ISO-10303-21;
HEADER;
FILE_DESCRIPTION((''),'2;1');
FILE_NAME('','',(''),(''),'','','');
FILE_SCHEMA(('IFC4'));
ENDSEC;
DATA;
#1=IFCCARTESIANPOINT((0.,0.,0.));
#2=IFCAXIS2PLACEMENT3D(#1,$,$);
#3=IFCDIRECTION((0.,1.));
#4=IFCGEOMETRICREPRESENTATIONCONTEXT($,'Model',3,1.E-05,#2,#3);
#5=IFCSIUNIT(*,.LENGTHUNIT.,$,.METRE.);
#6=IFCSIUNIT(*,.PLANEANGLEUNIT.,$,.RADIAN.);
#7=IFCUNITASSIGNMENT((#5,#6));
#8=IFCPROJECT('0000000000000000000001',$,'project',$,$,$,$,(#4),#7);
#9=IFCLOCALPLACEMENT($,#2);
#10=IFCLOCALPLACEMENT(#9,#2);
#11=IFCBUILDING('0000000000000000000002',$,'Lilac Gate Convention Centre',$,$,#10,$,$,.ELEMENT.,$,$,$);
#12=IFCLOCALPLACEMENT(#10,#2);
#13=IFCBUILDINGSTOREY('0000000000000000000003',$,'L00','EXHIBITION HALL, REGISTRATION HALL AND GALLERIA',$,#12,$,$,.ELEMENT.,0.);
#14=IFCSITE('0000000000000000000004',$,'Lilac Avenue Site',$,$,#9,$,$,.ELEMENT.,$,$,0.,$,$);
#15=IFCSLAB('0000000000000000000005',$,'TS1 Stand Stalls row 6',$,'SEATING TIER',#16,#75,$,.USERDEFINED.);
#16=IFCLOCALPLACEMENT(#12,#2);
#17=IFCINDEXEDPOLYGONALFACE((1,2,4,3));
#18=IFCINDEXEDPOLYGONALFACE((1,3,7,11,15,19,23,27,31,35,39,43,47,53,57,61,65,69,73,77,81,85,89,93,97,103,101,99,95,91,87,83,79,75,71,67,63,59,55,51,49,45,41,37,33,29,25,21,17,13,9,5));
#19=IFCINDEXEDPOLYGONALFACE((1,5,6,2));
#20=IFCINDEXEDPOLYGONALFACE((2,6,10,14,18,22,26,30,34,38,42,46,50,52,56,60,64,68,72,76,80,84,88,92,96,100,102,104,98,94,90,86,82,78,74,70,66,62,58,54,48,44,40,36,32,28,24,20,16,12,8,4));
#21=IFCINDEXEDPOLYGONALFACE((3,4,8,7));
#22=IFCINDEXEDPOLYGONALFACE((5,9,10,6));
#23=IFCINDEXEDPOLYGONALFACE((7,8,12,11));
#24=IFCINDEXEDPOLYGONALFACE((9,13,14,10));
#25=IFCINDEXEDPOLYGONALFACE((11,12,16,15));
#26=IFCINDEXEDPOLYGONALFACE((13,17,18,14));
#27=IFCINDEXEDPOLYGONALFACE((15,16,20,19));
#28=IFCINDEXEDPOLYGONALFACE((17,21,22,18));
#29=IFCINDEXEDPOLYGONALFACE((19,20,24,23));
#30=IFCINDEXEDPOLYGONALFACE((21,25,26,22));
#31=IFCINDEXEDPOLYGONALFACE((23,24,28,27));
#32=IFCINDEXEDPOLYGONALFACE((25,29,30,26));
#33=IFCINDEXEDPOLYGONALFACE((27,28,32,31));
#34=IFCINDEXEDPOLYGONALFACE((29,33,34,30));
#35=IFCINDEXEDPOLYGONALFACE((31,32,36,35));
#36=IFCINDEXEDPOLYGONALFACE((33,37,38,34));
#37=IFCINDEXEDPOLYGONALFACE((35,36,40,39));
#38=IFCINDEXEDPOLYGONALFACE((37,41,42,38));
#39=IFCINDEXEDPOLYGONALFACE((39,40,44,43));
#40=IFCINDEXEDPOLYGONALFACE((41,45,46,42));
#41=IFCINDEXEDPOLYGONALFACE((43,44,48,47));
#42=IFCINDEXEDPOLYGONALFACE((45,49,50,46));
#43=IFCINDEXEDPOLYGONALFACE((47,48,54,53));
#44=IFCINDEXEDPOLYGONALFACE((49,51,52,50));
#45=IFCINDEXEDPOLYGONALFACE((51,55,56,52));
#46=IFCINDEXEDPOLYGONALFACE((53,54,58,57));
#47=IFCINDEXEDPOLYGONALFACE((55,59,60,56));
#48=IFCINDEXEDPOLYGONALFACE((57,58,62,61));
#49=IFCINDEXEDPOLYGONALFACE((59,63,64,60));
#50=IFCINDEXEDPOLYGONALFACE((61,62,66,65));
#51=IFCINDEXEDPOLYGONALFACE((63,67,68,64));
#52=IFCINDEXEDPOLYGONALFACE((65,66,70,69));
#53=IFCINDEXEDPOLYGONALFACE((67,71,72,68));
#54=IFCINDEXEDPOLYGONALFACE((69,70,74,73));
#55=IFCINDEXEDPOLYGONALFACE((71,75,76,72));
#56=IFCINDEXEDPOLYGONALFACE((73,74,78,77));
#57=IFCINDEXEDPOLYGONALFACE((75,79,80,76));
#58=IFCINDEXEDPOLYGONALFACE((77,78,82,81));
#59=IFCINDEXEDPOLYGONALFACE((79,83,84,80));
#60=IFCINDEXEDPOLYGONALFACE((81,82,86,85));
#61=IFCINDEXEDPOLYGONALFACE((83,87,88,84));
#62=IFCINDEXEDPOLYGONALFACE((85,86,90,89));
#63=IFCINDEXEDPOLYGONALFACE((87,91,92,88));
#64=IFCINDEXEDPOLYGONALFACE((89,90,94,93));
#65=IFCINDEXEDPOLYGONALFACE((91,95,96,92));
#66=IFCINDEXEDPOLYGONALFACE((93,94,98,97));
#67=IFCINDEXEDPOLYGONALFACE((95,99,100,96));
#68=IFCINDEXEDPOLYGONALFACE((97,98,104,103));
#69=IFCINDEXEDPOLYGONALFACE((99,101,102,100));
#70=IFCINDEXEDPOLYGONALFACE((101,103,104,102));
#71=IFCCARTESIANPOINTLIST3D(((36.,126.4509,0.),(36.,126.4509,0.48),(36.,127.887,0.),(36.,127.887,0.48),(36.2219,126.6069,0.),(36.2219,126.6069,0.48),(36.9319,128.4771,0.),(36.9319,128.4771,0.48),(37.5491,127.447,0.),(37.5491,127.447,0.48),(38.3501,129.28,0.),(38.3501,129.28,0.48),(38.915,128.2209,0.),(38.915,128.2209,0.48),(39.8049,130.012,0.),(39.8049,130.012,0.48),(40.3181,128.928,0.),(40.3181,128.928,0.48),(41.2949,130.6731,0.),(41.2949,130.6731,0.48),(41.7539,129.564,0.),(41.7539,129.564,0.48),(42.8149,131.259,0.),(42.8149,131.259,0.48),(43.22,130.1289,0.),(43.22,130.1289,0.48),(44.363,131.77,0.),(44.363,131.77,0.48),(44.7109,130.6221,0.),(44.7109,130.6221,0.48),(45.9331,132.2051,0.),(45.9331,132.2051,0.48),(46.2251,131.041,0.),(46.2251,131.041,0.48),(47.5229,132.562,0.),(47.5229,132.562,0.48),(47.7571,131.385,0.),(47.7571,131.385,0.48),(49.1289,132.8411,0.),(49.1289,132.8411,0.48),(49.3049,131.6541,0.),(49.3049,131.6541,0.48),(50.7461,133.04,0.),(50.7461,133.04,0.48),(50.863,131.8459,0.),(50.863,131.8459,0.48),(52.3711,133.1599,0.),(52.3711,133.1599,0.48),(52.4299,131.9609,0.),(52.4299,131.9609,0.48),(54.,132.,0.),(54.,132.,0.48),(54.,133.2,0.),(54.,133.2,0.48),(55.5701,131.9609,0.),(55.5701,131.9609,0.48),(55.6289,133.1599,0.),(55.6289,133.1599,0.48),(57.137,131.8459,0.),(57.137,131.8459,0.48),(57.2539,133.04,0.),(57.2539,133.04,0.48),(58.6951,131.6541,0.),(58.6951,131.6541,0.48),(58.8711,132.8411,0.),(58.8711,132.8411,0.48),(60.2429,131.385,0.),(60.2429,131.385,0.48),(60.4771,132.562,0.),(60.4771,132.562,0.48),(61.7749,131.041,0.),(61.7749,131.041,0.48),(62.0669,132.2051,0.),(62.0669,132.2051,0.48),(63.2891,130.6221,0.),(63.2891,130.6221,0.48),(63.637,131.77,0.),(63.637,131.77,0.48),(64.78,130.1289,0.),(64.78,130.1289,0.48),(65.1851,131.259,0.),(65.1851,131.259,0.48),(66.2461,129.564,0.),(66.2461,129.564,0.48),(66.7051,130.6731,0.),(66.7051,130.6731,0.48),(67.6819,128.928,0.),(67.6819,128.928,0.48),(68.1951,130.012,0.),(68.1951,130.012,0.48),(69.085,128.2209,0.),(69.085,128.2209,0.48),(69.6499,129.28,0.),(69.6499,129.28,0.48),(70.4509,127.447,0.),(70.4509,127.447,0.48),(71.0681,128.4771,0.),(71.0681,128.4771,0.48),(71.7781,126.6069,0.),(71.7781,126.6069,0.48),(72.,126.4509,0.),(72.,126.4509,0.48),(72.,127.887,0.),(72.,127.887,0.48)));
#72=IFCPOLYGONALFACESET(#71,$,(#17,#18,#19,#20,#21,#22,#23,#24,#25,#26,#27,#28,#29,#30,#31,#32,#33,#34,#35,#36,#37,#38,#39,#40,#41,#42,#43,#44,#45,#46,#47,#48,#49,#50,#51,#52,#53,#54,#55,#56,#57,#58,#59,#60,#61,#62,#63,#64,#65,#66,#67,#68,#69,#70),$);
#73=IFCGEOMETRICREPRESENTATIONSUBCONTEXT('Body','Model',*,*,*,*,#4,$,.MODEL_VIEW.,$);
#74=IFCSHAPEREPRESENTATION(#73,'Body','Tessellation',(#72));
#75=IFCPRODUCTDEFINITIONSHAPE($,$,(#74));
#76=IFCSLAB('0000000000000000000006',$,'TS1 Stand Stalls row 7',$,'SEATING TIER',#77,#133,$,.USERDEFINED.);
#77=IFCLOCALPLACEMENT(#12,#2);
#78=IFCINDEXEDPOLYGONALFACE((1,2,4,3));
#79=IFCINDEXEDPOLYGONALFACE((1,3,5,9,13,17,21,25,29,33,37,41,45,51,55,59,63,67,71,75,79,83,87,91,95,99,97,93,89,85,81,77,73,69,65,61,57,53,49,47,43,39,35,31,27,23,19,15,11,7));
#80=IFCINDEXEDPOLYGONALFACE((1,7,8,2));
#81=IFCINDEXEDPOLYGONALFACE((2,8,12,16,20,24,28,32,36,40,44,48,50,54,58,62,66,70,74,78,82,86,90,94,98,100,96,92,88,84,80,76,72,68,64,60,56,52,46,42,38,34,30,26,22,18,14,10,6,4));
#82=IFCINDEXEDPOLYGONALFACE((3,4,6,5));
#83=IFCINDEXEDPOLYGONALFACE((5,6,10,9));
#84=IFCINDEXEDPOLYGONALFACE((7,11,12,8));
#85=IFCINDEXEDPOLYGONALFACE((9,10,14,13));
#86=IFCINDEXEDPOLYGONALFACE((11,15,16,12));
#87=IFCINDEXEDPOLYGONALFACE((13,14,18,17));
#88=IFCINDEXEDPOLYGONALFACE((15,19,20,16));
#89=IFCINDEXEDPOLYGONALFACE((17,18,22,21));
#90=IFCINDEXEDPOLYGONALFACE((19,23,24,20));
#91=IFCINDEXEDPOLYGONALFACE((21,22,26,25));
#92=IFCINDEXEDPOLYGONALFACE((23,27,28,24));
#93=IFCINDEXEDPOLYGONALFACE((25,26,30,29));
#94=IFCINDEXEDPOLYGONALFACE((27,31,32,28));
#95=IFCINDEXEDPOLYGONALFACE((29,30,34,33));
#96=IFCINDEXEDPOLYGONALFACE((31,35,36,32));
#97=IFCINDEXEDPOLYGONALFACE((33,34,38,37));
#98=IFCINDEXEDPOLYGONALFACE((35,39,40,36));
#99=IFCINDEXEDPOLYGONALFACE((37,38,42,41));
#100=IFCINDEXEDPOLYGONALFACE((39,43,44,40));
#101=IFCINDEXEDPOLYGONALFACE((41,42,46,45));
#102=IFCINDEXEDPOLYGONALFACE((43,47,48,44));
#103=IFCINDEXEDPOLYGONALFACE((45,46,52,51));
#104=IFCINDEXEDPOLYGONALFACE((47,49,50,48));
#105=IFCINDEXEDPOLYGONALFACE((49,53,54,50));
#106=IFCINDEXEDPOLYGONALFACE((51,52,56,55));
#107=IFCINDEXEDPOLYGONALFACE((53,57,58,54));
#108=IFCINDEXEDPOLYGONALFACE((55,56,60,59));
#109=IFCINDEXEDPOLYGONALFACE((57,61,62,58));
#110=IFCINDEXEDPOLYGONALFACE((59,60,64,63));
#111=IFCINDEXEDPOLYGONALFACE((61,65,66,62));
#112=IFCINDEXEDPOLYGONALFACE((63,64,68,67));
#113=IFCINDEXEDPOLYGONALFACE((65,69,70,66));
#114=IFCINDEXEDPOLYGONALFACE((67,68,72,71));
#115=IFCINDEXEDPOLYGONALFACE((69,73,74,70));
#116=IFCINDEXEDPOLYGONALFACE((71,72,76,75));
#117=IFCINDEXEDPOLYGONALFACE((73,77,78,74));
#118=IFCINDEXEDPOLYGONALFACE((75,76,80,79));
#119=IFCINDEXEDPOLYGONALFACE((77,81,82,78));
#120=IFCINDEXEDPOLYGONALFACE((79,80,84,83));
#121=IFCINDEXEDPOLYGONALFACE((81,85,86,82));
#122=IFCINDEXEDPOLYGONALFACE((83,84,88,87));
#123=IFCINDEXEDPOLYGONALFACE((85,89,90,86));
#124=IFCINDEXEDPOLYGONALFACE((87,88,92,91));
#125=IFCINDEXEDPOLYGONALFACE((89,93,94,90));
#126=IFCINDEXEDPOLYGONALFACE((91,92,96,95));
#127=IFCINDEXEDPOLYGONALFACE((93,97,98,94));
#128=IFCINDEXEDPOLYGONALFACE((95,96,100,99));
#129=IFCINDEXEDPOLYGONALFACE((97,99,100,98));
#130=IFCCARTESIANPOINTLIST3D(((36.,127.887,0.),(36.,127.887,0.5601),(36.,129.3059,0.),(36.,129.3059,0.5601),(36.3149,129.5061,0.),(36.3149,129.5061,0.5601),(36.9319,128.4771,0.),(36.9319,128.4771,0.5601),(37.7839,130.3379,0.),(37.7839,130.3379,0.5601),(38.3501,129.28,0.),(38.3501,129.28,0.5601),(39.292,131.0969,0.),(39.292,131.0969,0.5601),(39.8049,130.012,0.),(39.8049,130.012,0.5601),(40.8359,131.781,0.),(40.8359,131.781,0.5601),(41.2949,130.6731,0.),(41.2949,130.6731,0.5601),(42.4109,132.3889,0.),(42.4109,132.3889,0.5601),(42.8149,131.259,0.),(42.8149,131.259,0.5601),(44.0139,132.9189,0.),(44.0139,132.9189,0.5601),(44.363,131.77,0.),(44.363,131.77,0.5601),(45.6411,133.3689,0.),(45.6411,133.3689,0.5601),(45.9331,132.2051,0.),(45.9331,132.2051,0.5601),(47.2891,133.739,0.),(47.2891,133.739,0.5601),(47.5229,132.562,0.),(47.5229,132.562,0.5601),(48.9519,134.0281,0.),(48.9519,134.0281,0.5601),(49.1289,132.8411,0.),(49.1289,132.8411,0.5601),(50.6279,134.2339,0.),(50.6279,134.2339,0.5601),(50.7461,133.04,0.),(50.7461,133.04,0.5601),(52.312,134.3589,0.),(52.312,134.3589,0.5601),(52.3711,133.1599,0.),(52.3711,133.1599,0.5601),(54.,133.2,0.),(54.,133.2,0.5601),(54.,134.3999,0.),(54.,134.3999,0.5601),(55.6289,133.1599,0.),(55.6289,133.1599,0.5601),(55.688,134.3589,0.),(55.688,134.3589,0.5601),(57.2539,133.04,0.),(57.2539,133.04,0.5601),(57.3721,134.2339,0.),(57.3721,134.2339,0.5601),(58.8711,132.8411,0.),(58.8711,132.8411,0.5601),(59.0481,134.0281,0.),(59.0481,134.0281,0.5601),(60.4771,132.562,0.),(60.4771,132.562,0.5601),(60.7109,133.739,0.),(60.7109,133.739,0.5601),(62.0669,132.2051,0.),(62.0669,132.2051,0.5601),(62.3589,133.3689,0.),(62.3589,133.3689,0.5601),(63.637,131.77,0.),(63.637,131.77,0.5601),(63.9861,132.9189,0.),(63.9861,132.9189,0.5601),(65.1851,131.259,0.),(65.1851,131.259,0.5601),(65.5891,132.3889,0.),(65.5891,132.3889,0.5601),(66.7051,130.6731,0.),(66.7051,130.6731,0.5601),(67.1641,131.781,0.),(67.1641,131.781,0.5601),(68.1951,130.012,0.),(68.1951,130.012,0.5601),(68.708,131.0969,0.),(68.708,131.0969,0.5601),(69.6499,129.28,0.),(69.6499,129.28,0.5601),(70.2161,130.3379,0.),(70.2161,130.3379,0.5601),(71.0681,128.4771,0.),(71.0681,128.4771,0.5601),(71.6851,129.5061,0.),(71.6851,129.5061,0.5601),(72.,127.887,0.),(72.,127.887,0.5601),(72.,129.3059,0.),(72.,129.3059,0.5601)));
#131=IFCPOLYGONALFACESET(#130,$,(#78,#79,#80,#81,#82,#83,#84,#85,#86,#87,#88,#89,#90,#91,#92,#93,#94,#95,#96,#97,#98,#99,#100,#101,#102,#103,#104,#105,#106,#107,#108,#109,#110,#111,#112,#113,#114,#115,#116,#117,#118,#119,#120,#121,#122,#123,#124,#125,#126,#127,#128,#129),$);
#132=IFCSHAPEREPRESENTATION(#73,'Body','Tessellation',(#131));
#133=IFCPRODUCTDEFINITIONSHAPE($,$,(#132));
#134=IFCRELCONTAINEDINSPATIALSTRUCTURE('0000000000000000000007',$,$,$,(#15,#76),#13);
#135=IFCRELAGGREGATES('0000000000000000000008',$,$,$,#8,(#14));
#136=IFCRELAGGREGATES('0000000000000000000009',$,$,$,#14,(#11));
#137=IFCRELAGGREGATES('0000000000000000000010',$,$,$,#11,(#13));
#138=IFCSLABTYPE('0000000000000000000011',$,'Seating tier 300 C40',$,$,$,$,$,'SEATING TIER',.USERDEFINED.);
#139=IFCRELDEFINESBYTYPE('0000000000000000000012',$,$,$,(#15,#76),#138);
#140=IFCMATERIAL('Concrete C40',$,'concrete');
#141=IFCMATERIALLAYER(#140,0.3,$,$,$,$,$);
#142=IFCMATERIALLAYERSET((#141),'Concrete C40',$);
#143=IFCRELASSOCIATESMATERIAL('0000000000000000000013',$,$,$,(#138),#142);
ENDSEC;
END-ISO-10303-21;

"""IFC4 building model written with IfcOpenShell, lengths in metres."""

from ifc_helpers import new_model, si_unit, direction, origin, place, context, subcontext, project, spatial, polyline, outline, extrude, material, layer, layer_set, type_object, element, save


model = new_model("IFC4")

# Units and contexts
model_context = context("Model", 3, precision=1e-05, world=origin(), true_north=direction((0.0, 1.0)))
body_context = subcontext(model_context, "Body", "Model", "MODEL_VIEW")
ifc_project = project(units=[si_unit("LENGTHUNIT", "METRE"), si_unit("PLANEANGLEUNIT", "RADIAN")], contexts=[model_context])

# Site, building, storey
site_placement = place(None, origin())
site = spatial("IfcSite", under=ifc_project, at=site_placement, Name="Lilac Avenue Site", CompositionType="ELEMENT", RefElevation=0.0)
building_placement = place(site_placement, origin())
building = spatial("IfcBuilding", under=site, at=building_placement, Name="Lilac Gate Convention Centre", CompositionType="ELEMENT")
storey_placement = place(building_placement, origin())
storey = spatial("IfcBuildingStorey", under=building, at=storey_placement, Name="L00", Description="EXHIBITION HALL, REGISTRATION HALL AND GALLERIA", CompositionType="ELEMENT", Elevation=0.0)

# Slabs
ifc_material_1 = material(Name="Concrete C40", Category="concrete")
ifc_layer_1 = layer(ifc_material_1, 0.3)
ifc_layer_set_1 = layer_set([ifc_layer_1], Name="Concrete C40")
slab_type_1 = type_object("IfcSlabType", Name="Seating tier 300 C40", ElementType="SEATING TIER", PredefinedType="USERDEFINED", material=ifc_layer_set_1)
slab_1_placement = place(storey_placement, origin())
element("IfcSlab", 1, at=slab_1_placement, inside=storey, type_object=slab_type_1, Name="TS1 Stand Stalls row 6", ObjectType="SEATING TIER", PredefinedType="USERDEFINED", context=body_context, shape_type="SweptSolid", body=[
    extrude(outline(polyline([(36.9319, 128.4771), (38.3501, 129.28), (39.8049, 130.012), (41.2949, 130.6731), (42.8149, 131.259), (44.363, 131.77), (45.9331, 132.2051), (47.5229, 132.562), (49.1289, 132.8411), (50.7461, 133.04), (52.3711, 133.1599), (54.0, 133.2), (55.6289, 133.1599), (57.2539, 133.04), (58.8711, 132.8411), (60.4771, 132.562), (62.0669, 132.2051), (63.637, 131.77), (65.1851, 131.259), (66.7051, 130.6731), (68.1951, 130.012), (69.6499, 129.28), (71.0681, 128.4771), (72.0, 127.887), (72.0, 126.4509), (71.7781, 126.6069), (70.4509, 127.447), (69.085, 128.2209), (67.6819, 128.928), (66.2461, 129.564), (64.78, 130.1289), (63.2891, 130.6221), (61.7749, 131.041), (60.2429, 131.385), (58.6951, 131.6541), (57.137, 131.8459), (55.5701, 131.9609), (54.0, 132.0), (52.4299, 131.9609), (50.863, 131.8459), (49.3049, 131.6541), (47.7571, 131.385), (46.2251, 131.041), (44.7109, 130.6221), (43.22, 130.1289), (41.7539, 129.564), (40.3181, 128.928), (38.915, 128.2209), (37.5491, 127.447), (36.2219, 126.6069), (36.0, 126.4509), (36.0, 127.887), (36.9319, 128.4771)])), origin(), (0.0, 0.0, 1.0), 0.48),
])
slab_2_placement = place(storey_placement, origin())
element("IfcSlab", 2, at=slab_2_placement, inside=storey, type_object=slab_type_1, Name="TS1 Stand Stalls row 7", ObjectType="SEATING TIER", PredefinedType="USERDEFINED", context=body_context, shape_type="SweptSolid", body=[
    extrude(outline(polyline([(36.3149, 129.5061), (37.7839, 130.3379), (39.292, 131.0969), (40.8359, 131.781), (42.4109, 132.3889), (44.0139, 132.9189), (45.6411, 133.3689), (47.2891, 133.739), (48.9519, 134.0281), (50.6279, 134.2339), (52.312, 134.3589), (54.0, 134.3999), (55.688, 134.3589), (57.3721, 134.2339), (59.0481, 134.0281), (60.7109, 133.739), (62.3589, 133.3689), (63.9861, 132.9189), (65.5891, 132.3889), (67.1641, 131.781), (68.708, 131.0969), (70.2161, 130.3379), (71.6851, 129.5061), (72.0, 129.3059), (72.0, 127.887), (71.0681, 128.4771), (69.6499, 129.28), (68.1951, 130.012), (66.7051, 130.6731), (65.1851, 131.259), (63.637, 131.77), (62.0669, 132.2051), (60.4771, 132.562), (58.8711, 132.8411), (57.2539, 133.04), (55.6289, 133.1599), (54.0, 133.2), (52.3711, 133.1599), (50.7461, 133.04), (49.1289, 132.8411), (47.5229, 132.562), (45.9331, 132.2051), (44.363, 131.77), (42.8149, 131.259), (41.2949, 130.6731), (39.8049, 130.012), (38.3501, 129.28), (36.9319, 128.4771), (36.0, 127.887), (36.0, 129.3059), (36.3149, 129.5061)])), origin(), (0.0, 0.0, 1.0), 0.5601),
])

save(model, "model.ifc")
